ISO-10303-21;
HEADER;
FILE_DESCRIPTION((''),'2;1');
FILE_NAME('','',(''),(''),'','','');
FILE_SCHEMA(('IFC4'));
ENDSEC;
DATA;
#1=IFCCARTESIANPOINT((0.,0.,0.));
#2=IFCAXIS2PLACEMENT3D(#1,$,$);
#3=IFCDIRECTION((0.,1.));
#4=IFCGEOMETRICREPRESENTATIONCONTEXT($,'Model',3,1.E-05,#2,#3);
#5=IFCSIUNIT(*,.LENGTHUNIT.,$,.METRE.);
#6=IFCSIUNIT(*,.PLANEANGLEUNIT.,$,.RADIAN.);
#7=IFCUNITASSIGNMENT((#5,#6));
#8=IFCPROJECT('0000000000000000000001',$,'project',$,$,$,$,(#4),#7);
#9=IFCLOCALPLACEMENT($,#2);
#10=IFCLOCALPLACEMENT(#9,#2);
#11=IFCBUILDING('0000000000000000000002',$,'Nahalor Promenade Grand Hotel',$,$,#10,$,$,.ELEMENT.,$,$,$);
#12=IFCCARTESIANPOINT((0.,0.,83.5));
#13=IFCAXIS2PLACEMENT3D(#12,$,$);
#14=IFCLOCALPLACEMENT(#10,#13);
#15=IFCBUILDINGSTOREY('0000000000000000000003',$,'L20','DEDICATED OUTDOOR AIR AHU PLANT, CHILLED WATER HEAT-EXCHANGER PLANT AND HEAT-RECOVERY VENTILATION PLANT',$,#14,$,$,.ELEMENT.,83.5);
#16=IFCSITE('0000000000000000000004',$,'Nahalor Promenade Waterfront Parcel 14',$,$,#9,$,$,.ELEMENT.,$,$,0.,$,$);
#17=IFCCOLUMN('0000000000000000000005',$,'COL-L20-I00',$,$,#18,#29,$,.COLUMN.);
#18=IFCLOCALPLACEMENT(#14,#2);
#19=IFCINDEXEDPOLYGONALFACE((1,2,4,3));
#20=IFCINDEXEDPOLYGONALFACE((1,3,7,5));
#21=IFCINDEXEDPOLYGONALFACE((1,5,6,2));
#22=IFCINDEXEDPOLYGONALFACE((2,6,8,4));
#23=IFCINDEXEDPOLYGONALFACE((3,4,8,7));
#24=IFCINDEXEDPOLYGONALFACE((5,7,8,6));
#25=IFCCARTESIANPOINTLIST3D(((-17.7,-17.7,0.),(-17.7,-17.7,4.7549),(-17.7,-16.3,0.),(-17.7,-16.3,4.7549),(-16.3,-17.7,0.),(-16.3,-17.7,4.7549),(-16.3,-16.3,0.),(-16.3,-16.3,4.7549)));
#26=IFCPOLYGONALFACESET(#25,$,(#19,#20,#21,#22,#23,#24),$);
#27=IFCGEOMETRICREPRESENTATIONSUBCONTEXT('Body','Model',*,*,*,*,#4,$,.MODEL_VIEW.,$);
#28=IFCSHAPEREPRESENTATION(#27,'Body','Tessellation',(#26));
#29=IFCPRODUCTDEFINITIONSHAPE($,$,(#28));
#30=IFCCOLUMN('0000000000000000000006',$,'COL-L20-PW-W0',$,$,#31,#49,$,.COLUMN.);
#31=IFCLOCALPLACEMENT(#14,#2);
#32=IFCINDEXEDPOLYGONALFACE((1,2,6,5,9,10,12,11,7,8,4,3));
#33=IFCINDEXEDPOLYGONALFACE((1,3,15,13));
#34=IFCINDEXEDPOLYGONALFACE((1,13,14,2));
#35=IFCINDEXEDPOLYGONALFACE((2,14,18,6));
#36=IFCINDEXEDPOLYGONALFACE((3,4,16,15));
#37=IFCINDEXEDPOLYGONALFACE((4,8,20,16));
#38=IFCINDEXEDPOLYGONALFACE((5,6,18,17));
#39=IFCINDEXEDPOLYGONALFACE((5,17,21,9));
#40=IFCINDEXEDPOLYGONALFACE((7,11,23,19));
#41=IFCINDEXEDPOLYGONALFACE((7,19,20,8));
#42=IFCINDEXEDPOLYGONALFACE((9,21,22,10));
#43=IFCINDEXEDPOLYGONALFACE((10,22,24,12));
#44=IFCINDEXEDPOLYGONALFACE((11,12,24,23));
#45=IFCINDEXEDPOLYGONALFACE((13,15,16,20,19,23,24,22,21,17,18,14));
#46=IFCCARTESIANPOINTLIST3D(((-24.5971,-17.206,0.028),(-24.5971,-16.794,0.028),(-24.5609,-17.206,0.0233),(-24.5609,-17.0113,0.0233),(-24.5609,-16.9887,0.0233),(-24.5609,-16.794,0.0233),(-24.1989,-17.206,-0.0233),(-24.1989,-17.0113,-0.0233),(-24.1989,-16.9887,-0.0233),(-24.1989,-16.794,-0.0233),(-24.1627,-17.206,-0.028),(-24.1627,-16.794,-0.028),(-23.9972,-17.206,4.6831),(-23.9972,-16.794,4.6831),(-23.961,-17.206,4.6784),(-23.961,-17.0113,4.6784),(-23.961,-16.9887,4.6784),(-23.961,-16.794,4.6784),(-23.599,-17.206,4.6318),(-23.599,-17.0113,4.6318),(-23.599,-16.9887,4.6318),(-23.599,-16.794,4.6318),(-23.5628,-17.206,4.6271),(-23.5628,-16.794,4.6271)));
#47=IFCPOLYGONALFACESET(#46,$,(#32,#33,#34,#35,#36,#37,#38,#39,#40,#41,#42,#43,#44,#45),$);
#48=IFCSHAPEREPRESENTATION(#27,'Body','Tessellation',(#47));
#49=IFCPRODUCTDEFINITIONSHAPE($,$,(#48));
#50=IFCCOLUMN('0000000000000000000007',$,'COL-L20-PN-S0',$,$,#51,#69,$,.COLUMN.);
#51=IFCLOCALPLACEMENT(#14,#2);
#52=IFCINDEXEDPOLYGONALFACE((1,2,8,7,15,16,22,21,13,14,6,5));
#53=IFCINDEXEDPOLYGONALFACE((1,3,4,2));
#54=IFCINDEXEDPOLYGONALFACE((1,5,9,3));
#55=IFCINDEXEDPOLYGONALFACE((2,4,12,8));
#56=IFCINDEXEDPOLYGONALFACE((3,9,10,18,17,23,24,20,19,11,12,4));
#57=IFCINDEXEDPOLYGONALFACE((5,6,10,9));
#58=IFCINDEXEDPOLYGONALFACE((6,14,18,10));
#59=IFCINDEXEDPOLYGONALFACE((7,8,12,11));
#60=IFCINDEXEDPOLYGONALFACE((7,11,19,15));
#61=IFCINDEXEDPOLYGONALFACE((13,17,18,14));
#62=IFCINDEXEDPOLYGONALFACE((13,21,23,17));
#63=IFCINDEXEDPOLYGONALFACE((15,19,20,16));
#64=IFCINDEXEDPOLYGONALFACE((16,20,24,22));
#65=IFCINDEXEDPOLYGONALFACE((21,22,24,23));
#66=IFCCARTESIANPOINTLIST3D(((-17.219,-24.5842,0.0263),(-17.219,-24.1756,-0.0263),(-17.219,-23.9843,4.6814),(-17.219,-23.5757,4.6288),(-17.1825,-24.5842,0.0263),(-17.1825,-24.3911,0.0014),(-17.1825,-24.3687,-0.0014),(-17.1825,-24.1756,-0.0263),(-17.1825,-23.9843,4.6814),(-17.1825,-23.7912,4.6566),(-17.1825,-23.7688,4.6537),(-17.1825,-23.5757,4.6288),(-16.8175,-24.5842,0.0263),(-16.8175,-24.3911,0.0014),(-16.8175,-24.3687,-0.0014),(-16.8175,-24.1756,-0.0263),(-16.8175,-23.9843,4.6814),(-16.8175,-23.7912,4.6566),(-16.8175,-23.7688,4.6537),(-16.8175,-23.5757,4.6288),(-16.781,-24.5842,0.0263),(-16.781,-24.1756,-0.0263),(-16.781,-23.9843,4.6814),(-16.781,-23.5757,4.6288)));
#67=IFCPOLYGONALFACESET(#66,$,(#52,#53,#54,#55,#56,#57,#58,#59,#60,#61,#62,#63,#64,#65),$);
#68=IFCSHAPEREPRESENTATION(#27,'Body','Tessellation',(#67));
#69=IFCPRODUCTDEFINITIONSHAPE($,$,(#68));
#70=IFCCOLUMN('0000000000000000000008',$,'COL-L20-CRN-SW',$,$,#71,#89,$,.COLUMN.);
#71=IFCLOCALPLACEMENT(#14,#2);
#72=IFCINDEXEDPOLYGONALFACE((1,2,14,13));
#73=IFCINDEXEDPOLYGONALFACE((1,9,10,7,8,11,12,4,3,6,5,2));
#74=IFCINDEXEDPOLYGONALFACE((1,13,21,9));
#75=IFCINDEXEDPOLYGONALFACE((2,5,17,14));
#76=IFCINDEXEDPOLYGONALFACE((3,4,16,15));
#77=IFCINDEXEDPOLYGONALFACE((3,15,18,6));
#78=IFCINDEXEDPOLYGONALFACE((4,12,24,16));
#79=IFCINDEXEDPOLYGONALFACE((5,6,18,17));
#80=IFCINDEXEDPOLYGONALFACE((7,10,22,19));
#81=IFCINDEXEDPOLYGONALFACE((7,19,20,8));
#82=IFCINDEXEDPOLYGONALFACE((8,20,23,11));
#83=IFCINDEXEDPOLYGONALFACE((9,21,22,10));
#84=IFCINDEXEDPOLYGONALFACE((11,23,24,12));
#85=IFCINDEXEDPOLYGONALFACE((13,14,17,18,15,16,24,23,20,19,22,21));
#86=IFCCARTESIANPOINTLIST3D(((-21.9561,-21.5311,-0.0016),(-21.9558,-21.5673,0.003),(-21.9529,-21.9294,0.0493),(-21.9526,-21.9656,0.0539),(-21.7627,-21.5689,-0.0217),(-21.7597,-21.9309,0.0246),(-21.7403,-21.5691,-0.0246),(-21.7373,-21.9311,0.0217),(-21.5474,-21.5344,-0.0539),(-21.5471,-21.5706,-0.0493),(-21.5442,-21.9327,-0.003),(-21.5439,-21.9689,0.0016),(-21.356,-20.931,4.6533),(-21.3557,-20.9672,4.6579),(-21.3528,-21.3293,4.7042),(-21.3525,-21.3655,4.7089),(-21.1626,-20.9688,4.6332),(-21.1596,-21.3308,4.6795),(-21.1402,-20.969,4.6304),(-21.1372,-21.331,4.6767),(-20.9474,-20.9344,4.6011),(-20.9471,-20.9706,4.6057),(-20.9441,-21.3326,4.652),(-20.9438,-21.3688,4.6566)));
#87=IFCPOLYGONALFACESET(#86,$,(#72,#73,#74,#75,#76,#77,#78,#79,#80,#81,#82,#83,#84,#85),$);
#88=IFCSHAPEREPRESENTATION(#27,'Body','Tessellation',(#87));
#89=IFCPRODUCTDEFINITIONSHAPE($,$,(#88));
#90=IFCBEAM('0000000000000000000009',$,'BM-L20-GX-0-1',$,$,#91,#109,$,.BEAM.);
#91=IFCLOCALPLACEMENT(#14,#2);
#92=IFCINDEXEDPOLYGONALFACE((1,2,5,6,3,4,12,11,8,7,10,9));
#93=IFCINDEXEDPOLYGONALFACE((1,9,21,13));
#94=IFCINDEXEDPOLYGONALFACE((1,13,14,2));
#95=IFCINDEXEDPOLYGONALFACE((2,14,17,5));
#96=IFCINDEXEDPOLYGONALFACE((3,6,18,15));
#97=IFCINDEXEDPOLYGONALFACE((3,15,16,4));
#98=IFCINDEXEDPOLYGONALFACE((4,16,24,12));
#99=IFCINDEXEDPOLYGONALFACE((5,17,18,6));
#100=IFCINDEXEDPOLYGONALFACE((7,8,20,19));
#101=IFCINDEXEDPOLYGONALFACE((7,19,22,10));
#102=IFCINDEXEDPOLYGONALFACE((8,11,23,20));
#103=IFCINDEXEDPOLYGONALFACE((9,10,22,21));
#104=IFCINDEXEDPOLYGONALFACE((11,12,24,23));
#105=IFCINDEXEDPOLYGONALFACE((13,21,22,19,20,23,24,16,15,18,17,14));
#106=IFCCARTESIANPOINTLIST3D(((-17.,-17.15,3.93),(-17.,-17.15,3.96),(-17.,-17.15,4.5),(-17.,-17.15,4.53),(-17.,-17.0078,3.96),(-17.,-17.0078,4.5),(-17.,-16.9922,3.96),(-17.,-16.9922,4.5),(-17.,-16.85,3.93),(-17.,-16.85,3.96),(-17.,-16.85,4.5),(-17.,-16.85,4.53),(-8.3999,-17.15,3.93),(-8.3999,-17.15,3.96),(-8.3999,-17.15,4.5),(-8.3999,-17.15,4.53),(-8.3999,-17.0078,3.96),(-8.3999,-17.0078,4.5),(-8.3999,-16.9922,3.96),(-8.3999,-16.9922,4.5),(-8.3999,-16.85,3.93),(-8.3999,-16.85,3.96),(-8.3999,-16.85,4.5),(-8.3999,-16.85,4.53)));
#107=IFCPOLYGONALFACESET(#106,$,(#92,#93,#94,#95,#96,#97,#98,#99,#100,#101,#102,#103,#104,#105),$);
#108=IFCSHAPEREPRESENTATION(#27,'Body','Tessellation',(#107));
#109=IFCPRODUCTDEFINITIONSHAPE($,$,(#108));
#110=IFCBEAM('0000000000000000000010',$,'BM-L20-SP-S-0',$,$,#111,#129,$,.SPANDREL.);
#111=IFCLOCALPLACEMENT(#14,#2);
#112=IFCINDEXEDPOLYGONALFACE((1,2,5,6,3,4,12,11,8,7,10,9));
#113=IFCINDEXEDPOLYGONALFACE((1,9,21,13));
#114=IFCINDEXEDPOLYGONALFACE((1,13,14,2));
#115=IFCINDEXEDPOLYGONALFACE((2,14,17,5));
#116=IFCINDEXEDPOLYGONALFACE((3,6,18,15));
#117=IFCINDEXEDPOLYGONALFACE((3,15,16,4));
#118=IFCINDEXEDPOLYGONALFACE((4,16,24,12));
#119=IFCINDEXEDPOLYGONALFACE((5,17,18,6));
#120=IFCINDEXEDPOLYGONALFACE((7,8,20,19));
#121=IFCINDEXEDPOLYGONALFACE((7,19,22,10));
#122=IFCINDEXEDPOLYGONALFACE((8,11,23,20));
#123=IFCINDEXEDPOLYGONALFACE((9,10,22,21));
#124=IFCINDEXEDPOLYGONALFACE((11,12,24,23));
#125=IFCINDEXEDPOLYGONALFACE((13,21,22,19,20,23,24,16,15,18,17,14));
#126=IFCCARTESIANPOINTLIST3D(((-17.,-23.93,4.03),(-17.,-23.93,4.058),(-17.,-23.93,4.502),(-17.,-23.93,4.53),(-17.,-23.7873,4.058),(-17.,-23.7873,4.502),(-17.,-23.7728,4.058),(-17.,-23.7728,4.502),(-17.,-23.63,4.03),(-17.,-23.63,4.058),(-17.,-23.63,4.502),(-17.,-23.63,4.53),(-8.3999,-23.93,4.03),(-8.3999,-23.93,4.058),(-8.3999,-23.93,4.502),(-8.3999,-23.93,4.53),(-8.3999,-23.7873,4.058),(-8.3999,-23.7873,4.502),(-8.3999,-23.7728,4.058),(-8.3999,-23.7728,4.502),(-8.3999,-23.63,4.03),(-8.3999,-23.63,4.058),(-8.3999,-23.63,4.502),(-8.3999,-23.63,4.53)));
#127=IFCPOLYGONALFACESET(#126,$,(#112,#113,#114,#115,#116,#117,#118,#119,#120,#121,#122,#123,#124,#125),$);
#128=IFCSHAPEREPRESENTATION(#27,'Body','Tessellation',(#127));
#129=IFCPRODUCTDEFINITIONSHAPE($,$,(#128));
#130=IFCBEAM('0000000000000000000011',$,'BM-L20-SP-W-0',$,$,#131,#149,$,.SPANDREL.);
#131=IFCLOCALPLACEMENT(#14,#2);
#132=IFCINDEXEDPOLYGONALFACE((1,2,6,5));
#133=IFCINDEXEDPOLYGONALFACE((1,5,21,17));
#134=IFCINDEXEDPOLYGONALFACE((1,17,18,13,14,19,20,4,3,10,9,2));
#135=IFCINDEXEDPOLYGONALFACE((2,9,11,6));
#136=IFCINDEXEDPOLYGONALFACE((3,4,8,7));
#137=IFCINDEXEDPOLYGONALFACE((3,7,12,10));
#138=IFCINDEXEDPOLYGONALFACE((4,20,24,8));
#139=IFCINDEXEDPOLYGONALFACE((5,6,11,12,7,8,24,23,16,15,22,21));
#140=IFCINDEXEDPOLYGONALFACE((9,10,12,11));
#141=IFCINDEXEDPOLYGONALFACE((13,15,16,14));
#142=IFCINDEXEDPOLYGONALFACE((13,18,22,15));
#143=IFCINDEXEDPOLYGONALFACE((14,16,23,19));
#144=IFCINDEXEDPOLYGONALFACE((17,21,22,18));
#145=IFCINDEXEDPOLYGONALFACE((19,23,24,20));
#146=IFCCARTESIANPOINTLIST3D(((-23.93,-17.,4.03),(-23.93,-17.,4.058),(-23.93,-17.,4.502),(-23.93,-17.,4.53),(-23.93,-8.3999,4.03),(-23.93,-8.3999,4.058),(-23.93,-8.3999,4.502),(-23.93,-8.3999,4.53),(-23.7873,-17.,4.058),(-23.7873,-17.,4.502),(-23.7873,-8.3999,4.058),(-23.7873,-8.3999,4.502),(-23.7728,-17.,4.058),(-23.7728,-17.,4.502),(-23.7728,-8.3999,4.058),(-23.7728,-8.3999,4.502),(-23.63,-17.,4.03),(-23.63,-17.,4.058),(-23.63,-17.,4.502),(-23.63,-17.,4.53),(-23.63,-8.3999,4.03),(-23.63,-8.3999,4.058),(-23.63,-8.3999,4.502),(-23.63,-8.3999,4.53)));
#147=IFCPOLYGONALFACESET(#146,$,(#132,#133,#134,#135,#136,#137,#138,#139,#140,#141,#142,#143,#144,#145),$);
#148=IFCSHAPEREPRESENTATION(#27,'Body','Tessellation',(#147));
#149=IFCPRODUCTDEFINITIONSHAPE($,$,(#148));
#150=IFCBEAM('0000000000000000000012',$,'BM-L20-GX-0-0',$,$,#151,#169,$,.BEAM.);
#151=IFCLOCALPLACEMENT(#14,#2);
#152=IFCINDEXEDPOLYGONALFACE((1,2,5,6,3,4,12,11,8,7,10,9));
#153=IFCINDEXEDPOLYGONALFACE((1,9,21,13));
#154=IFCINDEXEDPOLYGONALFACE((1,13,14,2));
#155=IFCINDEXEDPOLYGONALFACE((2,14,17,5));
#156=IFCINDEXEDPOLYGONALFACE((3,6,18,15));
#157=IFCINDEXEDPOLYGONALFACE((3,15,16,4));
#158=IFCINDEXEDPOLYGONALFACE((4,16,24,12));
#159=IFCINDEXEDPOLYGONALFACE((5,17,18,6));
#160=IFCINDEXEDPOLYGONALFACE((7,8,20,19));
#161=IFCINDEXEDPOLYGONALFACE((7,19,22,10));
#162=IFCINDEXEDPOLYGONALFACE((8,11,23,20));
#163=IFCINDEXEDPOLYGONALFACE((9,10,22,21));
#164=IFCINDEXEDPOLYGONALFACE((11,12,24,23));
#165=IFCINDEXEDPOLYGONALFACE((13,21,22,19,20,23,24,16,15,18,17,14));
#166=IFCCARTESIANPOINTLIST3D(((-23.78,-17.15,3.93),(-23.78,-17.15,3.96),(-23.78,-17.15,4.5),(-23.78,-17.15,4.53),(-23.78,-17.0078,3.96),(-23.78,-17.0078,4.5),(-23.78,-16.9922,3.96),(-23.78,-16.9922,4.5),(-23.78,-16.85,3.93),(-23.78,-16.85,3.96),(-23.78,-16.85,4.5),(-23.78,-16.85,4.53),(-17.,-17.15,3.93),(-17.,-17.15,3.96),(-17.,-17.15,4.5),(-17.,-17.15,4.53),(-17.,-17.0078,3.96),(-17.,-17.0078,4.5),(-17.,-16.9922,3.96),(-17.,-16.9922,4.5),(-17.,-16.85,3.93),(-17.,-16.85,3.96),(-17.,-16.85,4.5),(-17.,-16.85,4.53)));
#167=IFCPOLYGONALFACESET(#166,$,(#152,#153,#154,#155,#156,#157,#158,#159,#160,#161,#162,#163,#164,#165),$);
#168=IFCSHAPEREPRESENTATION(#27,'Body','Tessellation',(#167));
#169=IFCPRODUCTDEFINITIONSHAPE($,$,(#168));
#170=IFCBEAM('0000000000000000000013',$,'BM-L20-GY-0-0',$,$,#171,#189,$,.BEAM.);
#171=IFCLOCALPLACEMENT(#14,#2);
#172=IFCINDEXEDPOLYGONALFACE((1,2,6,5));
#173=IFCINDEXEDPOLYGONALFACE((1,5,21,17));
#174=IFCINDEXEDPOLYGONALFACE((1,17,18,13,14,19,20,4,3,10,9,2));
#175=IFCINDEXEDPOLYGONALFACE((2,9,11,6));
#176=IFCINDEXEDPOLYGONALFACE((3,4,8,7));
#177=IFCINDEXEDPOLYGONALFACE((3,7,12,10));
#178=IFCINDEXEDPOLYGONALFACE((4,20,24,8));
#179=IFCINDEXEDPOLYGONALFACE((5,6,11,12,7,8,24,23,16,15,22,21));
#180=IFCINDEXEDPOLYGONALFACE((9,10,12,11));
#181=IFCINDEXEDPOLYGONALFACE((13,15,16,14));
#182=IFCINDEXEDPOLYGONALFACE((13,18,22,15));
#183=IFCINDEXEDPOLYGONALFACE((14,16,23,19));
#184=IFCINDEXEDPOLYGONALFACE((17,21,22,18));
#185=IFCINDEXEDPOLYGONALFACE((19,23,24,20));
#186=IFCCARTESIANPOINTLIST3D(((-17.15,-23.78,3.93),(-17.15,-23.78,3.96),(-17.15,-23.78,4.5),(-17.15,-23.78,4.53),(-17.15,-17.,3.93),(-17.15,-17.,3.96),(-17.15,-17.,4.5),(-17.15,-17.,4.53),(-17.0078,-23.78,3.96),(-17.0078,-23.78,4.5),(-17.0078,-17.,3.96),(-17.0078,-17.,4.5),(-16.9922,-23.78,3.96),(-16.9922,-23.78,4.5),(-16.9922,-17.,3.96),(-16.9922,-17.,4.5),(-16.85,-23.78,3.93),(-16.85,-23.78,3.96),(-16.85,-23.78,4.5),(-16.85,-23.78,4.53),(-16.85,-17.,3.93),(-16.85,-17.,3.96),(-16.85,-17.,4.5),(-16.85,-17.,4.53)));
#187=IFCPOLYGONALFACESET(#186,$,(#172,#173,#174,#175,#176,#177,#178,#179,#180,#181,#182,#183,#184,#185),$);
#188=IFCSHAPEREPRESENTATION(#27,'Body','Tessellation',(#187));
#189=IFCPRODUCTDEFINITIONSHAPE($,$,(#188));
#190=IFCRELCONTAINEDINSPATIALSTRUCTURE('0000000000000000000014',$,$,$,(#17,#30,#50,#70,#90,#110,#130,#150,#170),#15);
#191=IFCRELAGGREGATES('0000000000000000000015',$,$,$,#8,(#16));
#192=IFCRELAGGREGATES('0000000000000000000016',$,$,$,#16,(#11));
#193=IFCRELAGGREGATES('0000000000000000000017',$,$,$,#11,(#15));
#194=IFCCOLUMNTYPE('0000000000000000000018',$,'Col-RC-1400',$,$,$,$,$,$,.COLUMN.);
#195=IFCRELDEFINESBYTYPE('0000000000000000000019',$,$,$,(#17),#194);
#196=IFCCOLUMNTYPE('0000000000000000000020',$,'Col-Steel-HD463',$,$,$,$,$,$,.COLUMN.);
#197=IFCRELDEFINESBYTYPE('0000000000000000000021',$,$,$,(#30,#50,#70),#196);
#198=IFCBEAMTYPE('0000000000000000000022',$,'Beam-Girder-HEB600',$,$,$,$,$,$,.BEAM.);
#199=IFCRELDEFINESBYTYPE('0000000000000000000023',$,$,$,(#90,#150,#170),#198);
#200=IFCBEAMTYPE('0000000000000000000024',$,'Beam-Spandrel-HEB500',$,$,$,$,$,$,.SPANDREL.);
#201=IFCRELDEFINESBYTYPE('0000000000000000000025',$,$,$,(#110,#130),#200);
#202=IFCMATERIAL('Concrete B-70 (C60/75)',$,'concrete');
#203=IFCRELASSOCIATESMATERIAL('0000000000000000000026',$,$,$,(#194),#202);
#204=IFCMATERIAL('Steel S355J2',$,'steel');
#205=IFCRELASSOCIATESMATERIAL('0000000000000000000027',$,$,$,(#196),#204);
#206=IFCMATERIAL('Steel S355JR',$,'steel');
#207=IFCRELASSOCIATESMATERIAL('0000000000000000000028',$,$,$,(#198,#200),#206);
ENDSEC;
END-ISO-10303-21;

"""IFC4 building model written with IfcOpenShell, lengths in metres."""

from ifc_helpers import new_model, si_unit, direction, frame, origin, origin_2d, place, context, subcontext, project, spatial, rectangle, i_section, extrude, source, transform, mapped, material, material_profile, profile_set, type_object, element, save


model = new_model("IFC4")

# Units and contexts
model_context = context("Model", 3, precision=1e-05, world=origin(), true_north=direction((0.0, 1.0)))
body_context = subcontext(model_context, "Body", "Model", "MODEL_VIEW")
ifc_project = project(units=[si_unit("LENGTHUNIT", "METRE"), si_unit("PLANEANGLEUNIT", "RADIAN")], contexts=[model_context])

# Site, building, storey
site_placement = place(None, origin())
site = spatial("IfcSite", under=ifc_project, at=site_placement, Name="Nahalor Promenade Waterfront Parcel 14", CompositionType="ELEMENT", RefElevation=0.0)
building_placement = place(site_placement, origin())
building = spatial("IfcBuilding", under=site, at=building_placement, Name="Nahalor Promenade Grand Hotel", CompositionType="ELEMENT")
storey_placement = place(building_placement, frame((0.0, 0.0, 83.5)))
storey = spatial("IfcBuildingStorey", under=building, at=storey_placement, Name="L20", Description="DEDICATED OUTDOOR AIR AHU PLANT, CHILLED WATER HEAT-EXCHANGER PLANT AND HEAT-RECOVERY VENTILATION PLANT", CompositionType="ELEMENT", Elevation=83.5)

# Columns
ifc_material_1 = material(Name="Concrete B-70 (C60/75)", Category="concrete")
ifc_material_profile_1 = material_profile(ifc_material_1, rectangle(XDim=1.4, YDim=1.4, at=origin_2d()), Name="RC 1400x1400")
ifc_profile_set_1 = profile_set([ifc_material_profile_1], Name="Concrete B-70 (C60/75)")
column_type_1 = type_object("IfcColumnType", Name="Col-RC-1400", PredefinedType="COLUMN", material=ifc_profile_set_1)
shared_shape_1 = source(origin(), body_context, "Body", "SweptSolid", [
    extrude(rectangle(XDim=1.4, YDim=1.4, at=origin_2d()), origin(), (0.0, 0.0, 1.0), 4.7549),
])
column_1_placement = place(storey_placement, frame((-17.0, -17.0, 0.0), z_axis=(0.0, 0.0, 1.0), x_axis=(1.0, 0.0, 0.0)))
element("IfcColumn", 1, at=column_1_placement, inside=storey, type_object=column_type_1, Name="COL-L20-I00", PredefinedType="COLUMN", context=body_context, shape_type="MappedRepresentation", body=[
    mapped(shared_shape_1, transform((0.0, 0.0, 0.0), scale=1.0)),
])
ifc_material_2 = material(Name="Steel S355J2", Category="steel")
ifc_material_profile_2 = material_profile(ifc_material_2, i_section(OverallWidth=0.412, OverallDepth=0.438, WebThickness=0.0226, FlangeThickness=0.0365, at=origin_2d()), Name="HD 400x463")
ifc_profile_set_2 = profile_set([ifc_material_profile_2], Name="Steel S355J2")
column_type_2 = type_object("IfcColumnType", Name="Col-Steel-HD463", PredefinedType="COLUMN", material=ifc_profile_set_2)
shared_shape_2 = source(origin(), body_context, "Body", "SweptSolid", [
    extrude(i_section(OverallWidth=0.412, OverallDepth=0.438, WebThickness=0.0226, FlangeThickness=0.0365, at=origin_2d()), origin(), (0.0, 0.0, 1.0), 4.6936),
])
for number, where, z_axis, x_axis, name in (
    (2, (-24.3799, -17.0, 0.0), (0.127805, 0.0, 0.991799), (0.0, 1.0, 0.0), "COL-L20-PW-W0"),
    (3, (-17.0, -24.3799, 0.0), (0.0, 0.127805, 0.991799), (0.0, -0.991799, 0.127805), "COL-L20-PN-S0"),
):
    element("IfcColumn", number, at=place(storey_placement, frame(where, z_axis=z_axis, x_axis=x_axis)), inside=storey, type_object=column_type_2, Name=name, PredefinedType="COLUMN", context=body_context, shape_type="MappedRepresentation", body=[
        mapped(shared_shape_2, transform((0.0, 0.0, 0.0), scale=1.0)),
    ])
shared_shape_3 = source(origin(), body_context, "Body", "SweptSolid", [
    extrude(i_section(OverallWidth=0.412, OverallDepth=0.438, WebThickness=0.0226, FlangeThickness=0.0365, at=origin_2d()), origin(), (0.0, 0.0, 1.0), 4.7317),
])
column_2_placement = place(storey_placement, frame((-21.75, -21.75, 0.0), z_axis=(0.126823, 0.126823, 0.983784), x_axis=(-0.991892, 0.008108, 0.126823)))
element("IfcColumn", 4, at=column_2_placement, inside=storey, type_object=column_type_2, Name="COL-L20-CRN-SW", PredefinedType="COLUMN", context=body_context, shape_type="MappedRepresentation", body=[
    mapped(shared_shape_3, transform((0.0, 0.0, 0.0), scale=1.0)),
])

# Beams
ifc_material_3 = material(Name="Steel S355JR", Category="steel")
ifc_material_profile_3 = material_profile(ifc_material_3, i_section(OverallWidth=0.3, OverallDepth=0.6, WebThickness=0.0155, FlangeThickness=0.03, at=origin_2d()), Name="HEB 600")
ifc_profile_set_3 = profile_set([ifc_material_profile_3], Name="Steel S355JR")
beam_type_1 = type_object("IfcBeamType", Name="Beam-Girder-HEB600", PredefinedType="BEAM", material=ifc_profile_set_3)
shared_shape_4 = source(origin(), body_context, "Body", "SweptSolid", [
    extrude(i_section(OverallWidth=0.3, OverallDepth=0.6, WebThickness=0.0155, FlangeThickness=0.03, at=origin_2d()), origin(), (0.0, 0.0, 1.0), 8.6001),
])
beam_placement = place(storey_placement, frame((-17.0, -17.0, 4.23), z_axis=(1.0, 0.0, 0.0), x_axis=(0.0, 1.0, 0.0)))
element("IfcBeam", 5, at=beam_placement, inside=storey, type_object=beam_type_1, Name="BM-L20-GX-0-1", PredefinedType="BEAM", context=body_context, shape_type="MappedRepresentation", body=[
    mapped(shared_shape_4, transform((0.0, 0.0, 0.0), scale=1.0)),
])
ifc_material_profile_4 = material_profile(ifc_material_3, i_section(OverallWidth=0.3, OverallDepth=0.5, WebThickness=0.0145, FlangeThickness=0.028, at=origin_2d()), Name="HEB 500")
ifc_profile_set_4 = profile_set([ifc_material_profile_4], Name="Steel S355JR")
beam_type_2 = type_object("IfcBeamType", Name="Beam-Spandrel-HEB500", PredefinedType="SPANDREL", material=ifc_profile_set_4)
shared_shape_5 = source(origin(), body_context, "Body", "SweptSolid", [
    extrude(i_section(OverallWidth=0.3, OverallDepth=0.5, WebThickness=0.0145, FlangeThickness=0.028, at=origin_2d()), origin(), (0.0, 0.0, 1.0), 8.6001),
])
for number, where, z_axis, x_axis, name in (
    (6, (-17.0, -23.78, 4.28), (1.0, 0.0, 0.0), (0.0, 1.0, 0.0), "BM-L20-SP-S-0"),
    (7, (-23.78, -17.0, 4.28), (0.0, 1.0, 0.0), (-1.0, 0.0, 0.0), "BM-L20-SP-W-0"),
):
    element("IfcBeam", number, at=place(storey_placement, frame(where, z_axis=z_axis, x_axis=x_axis)), inside=storey, type_object=beam_type_2, Name=name, PredefinedType="SPANDREL", context=body_context, shape_type="MappedRepresentation", body=[
        mapped(shared_shape_5, transform((0.0, 0.0, 0.0), scale=1.0)),
    ])
shared_shape_6 = source(origin(), body_context, "Body", "SweptSolid", [
    extrude(i_section(OverallWidth=0.3, OverallDepth=0.6, WebThickness=0.0155, FlangeThickness=0.03, at=origin_2d()), origin(), (0.0, 0.0, 1.0), 6.78),
])
for number, where, z_axis, x_axis, name in (
    (8, (-23.78, -17.0, 4.23), (1.0, 0.0, 0.0), (0.0, 1.0, 0.0), "BM-L20-GX-0-0"),
    (9, (-17.0, -23.78, 4.23), (0.0, 1.0, 0.0), (-1.0, 0.0, 0.0), "BM-L20-GY-0-0"),
):
    element("IfcBeam", number, at=place(storey_placement, frame(where, z_axis=z_axis, x_axis=x_axis)), inside=storey, type_object=beam_type_1, Name=name, PredefinedType="BEAM", context=body_context, shape_type="MappedRepresentation", body=[
        mapped(shared_shape_6, transform((0.0, 0.0, 0.0), scale=1.0)),
    ])

save(model, "model.ifc")
